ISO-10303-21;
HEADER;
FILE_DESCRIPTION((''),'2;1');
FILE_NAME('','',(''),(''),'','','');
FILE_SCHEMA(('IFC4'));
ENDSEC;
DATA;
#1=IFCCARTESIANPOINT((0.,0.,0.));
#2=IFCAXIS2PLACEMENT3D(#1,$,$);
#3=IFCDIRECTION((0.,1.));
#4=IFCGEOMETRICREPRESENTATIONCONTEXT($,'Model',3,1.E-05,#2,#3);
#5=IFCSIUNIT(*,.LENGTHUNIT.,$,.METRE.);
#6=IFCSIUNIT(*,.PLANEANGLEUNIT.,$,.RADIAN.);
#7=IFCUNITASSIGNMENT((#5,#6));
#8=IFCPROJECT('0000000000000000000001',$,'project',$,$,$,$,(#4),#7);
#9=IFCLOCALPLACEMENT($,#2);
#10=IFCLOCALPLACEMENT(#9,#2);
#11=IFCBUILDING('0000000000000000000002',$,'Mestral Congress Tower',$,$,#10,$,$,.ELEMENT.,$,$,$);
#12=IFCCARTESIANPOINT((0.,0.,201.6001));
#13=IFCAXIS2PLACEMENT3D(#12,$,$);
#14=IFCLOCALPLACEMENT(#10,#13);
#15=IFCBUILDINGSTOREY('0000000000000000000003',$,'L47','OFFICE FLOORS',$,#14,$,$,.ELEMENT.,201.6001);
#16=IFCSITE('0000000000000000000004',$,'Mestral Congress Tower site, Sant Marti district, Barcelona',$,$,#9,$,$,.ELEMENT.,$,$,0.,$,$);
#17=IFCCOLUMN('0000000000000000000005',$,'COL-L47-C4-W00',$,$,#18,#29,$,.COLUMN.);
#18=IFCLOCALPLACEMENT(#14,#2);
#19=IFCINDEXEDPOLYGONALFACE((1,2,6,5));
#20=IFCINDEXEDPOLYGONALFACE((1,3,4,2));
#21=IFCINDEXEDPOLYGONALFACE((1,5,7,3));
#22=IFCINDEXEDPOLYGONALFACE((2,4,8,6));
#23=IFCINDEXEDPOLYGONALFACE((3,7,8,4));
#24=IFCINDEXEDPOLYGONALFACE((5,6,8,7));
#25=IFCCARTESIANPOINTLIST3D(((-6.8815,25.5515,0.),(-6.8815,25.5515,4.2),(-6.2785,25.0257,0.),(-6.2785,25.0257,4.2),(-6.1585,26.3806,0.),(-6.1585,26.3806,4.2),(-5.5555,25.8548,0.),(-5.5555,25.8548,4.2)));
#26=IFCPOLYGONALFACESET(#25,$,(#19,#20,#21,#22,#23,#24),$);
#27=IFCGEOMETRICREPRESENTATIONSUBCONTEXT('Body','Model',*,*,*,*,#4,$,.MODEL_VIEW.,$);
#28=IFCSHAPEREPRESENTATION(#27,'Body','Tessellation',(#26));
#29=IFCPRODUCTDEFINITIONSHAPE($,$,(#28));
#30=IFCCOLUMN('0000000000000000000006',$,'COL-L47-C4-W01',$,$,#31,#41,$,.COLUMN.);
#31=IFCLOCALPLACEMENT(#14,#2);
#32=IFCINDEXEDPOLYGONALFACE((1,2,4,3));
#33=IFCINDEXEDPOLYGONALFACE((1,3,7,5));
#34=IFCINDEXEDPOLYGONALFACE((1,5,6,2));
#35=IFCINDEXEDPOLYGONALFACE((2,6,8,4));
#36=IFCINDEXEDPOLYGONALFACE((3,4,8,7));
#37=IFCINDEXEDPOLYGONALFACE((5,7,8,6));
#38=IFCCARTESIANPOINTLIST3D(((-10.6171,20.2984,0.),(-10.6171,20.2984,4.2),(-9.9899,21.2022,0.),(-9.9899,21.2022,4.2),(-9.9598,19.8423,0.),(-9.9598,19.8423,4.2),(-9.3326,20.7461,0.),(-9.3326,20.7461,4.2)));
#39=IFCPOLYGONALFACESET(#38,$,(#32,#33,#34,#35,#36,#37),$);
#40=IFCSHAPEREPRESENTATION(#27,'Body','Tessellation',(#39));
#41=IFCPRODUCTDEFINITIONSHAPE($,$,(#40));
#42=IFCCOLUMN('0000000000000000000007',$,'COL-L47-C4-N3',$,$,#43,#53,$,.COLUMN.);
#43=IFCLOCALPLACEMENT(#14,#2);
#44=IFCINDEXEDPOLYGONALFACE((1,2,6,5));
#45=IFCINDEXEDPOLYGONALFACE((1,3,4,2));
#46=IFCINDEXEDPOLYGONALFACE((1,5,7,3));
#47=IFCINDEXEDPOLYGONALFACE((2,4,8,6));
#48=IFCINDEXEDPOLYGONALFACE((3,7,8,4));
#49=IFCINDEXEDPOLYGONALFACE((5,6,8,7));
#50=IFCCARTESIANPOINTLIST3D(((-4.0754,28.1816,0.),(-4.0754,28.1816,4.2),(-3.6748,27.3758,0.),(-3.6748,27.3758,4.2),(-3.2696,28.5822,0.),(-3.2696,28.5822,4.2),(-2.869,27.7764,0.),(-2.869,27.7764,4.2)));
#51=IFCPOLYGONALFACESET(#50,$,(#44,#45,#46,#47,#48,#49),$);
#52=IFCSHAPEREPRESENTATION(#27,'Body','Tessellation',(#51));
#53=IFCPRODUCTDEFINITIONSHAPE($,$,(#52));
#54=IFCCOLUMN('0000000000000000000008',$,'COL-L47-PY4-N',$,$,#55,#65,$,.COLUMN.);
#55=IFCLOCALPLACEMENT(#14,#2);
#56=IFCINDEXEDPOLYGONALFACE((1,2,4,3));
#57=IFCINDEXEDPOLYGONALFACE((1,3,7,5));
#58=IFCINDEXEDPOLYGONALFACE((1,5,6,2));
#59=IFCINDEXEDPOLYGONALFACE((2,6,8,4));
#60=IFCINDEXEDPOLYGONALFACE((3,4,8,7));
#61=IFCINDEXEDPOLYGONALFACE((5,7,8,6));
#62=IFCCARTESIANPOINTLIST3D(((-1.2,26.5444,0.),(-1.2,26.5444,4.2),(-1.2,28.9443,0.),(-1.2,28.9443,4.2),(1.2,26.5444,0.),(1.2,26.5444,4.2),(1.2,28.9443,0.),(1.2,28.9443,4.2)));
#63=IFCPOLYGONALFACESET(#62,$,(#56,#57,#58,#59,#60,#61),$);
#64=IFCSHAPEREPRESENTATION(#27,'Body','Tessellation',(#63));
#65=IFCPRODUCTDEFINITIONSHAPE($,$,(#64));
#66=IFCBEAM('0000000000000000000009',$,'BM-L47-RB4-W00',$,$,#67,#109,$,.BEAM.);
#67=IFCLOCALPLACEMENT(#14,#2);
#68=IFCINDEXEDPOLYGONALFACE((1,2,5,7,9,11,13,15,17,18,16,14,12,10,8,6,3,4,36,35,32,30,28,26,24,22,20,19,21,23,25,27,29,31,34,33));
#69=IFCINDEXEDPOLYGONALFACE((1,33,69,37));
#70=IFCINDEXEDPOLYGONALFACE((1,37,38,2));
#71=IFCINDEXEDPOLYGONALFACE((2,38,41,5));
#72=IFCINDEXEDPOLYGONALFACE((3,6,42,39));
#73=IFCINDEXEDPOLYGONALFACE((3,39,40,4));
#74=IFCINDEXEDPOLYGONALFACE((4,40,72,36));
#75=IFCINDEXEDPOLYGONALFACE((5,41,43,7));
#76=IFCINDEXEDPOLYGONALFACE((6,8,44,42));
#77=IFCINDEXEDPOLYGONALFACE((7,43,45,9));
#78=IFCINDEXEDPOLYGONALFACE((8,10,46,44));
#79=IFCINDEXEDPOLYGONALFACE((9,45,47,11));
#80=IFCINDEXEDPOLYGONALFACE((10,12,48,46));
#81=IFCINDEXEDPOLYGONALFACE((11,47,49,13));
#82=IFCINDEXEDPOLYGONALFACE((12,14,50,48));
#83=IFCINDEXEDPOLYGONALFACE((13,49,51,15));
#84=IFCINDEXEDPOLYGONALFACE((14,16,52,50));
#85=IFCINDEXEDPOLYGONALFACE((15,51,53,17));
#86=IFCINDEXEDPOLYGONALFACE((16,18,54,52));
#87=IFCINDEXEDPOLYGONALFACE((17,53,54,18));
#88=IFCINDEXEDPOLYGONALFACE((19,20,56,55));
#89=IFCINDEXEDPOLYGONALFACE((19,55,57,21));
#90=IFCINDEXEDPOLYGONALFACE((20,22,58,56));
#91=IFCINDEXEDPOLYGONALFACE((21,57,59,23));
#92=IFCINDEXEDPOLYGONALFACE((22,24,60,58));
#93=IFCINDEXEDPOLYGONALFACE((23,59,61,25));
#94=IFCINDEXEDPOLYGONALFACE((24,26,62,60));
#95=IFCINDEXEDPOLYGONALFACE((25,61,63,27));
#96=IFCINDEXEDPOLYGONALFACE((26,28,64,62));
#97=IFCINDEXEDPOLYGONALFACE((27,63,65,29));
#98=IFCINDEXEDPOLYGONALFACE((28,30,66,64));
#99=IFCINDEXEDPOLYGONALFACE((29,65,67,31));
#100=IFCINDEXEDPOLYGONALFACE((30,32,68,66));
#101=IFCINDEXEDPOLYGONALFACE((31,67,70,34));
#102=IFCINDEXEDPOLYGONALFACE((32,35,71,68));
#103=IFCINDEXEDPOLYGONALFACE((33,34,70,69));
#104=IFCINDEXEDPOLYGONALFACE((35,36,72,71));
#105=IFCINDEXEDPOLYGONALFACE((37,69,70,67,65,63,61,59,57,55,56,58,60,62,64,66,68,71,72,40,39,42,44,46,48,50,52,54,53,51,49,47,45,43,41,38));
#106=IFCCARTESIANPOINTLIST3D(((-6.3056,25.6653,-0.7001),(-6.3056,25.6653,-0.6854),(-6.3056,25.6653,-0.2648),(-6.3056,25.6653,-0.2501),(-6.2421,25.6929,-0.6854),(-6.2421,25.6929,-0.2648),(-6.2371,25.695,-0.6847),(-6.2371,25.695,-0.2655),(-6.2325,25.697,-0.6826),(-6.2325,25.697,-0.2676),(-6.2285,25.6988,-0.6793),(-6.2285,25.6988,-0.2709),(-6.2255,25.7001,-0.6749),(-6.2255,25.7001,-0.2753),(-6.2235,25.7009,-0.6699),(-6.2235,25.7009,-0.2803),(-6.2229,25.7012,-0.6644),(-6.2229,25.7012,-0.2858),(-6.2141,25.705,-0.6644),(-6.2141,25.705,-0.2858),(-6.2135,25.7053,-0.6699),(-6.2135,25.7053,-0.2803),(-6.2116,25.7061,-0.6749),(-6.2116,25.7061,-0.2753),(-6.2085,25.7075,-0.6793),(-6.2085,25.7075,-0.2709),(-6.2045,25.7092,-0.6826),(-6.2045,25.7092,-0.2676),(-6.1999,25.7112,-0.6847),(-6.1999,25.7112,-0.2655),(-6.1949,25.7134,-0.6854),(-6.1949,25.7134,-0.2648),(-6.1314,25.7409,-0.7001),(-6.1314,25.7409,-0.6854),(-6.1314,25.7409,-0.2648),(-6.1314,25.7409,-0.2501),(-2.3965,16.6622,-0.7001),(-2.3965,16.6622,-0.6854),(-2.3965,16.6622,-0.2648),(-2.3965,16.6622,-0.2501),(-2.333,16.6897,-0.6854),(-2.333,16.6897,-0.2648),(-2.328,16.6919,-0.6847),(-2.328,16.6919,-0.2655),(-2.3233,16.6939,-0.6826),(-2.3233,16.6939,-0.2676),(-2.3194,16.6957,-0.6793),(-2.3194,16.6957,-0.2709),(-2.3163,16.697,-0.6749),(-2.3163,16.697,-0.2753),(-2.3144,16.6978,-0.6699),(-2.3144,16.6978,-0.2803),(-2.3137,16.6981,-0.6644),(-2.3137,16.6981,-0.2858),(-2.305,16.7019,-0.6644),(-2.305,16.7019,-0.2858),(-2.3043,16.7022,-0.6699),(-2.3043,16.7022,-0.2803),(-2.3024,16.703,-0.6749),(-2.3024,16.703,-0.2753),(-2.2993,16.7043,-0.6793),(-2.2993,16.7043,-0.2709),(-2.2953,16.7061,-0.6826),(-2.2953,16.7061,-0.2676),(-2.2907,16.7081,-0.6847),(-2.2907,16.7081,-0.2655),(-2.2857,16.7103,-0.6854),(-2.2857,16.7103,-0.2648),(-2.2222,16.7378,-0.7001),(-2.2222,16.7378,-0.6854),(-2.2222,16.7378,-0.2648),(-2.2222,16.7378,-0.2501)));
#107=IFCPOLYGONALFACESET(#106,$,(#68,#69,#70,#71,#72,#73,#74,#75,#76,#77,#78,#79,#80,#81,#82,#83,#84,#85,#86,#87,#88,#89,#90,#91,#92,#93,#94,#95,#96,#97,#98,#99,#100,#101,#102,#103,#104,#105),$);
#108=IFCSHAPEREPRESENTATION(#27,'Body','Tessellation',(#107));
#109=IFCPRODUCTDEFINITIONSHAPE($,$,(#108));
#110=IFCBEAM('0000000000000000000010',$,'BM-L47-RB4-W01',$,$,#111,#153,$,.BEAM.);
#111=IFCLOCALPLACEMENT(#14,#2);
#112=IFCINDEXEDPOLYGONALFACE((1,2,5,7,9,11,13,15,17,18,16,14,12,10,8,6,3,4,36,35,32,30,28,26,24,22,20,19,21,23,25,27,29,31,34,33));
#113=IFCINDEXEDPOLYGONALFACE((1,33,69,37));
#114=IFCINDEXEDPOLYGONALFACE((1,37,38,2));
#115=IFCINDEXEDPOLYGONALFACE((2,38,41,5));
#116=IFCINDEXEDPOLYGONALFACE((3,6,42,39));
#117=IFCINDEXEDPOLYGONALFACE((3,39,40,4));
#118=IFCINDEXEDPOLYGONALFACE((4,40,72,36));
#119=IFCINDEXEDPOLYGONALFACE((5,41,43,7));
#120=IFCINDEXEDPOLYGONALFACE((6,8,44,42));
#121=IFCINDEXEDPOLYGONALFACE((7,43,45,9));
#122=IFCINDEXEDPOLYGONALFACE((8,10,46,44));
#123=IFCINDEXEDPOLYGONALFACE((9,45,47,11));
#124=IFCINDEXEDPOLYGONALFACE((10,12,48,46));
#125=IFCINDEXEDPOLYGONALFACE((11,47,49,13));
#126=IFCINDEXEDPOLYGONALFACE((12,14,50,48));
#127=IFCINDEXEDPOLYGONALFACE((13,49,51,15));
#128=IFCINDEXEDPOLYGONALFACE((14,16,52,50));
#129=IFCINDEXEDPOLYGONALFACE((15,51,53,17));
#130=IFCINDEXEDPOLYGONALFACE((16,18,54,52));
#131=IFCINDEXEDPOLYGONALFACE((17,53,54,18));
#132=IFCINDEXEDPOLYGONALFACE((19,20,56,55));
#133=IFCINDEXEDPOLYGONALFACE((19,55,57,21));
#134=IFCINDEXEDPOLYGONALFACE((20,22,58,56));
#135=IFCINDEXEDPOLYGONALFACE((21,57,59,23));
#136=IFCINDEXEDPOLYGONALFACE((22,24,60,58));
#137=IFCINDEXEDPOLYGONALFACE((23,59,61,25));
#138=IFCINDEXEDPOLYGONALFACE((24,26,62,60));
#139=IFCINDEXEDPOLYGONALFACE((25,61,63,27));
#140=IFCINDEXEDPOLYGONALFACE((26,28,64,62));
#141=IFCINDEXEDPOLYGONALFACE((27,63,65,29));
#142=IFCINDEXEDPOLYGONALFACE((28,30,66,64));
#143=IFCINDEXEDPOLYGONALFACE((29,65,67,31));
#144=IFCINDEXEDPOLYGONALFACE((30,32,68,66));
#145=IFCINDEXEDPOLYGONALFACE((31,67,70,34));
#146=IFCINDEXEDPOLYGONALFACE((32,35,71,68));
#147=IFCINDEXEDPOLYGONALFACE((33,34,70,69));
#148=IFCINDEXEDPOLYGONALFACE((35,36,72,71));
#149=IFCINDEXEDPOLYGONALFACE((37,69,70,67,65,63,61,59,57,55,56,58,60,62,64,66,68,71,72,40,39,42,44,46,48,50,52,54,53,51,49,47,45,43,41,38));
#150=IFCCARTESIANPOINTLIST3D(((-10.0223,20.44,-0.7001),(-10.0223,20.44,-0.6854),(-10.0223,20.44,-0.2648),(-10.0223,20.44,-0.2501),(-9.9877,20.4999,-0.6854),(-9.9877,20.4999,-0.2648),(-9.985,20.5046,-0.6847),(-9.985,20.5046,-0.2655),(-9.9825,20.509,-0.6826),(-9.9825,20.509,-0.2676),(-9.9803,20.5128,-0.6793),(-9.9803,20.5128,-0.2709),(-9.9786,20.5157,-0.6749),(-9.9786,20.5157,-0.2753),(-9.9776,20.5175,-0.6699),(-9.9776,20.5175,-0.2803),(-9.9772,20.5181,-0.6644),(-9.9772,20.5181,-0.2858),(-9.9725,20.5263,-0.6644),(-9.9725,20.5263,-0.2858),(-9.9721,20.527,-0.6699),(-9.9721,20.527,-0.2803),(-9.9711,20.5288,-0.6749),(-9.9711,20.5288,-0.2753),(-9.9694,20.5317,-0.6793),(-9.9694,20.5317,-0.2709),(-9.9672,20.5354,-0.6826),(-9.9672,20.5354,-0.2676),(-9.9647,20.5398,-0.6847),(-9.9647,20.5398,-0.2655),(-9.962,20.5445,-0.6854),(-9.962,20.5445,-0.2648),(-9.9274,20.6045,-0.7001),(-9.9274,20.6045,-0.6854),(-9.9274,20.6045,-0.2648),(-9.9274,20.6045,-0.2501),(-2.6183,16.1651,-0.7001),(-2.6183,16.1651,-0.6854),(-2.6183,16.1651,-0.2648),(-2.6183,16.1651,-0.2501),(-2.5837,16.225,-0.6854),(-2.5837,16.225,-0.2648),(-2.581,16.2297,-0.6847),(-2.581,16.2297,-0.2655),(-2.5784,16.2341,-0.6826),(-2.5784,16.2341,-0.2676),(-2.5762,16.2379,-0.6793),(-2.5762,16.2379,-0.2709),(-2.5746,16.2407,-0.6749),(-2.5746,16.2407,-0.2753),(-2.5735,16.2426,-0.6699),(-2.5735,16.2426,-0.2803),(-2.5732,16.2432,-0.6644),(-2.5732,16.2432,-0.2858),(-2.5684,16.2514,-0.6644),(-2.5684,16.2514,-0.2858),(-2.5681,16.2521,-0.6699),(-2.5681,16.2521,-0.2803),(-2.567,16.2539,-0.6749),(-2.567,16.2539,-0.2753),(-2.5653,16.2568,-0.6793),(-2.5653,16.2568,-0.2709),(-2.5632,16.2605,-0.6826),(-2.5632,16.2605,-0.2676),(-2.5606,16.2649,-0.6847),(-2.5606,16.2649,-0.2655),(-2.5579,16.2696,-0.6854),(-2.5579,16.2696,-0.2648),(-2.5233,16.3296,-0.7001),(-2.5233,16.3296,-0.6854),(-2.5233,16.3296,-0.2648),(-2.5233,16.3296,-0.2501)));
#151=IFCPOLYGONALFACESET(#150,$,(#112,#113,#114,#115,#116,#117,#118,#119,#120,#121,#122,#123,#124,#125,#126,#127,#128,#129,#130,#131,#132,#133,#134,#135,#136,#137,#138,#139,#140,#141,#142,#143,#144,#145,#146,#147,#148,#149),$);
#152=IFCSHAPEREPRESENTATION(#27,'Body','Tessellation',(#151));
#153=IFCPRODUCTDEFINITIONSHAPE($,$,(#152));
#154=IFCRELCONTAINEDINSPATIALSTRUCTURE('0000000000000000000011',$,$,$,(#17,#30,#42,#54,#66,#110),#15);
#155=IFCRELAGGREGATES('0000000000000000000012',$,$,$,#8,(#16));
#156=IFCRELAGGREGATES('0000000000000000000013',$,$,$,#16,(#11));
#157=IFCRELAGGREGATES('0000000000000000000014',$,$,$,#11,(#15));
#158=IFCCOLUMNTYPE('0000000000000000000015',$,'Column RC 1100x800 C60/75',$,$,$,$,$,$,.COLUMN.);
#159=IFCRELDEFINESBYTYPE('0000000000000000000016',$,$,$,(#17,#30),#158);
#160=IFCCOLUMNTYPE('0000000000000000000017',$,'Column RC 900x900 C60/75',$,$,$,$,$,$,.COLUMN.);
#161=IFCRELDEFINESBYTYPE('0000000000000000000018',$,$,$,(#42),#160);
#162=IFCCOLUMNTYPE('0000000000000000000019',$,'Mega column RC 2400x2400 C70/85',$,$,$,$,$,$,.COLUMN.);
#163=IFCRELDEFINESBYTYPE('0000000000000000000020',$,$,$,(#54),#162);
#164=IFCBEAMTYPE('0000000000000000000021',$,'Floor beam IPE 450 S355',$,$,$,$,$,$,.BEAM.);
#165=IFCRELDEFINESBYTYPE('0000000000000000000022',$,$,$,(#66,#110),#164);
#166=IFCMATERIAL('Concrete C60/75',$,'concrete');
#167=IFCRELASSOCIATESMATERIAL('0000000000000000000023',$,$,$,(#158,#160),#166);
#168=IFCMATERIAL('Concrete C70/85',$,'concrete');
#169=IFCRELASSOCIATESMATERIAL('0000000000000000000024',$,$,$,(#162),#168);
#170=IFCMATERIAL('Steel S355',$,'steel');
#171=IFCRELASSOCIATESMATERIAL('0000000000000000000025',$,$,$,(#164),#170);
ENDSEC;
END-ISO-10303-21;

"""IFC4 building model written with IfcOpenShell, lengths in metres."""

from ifc_helpers import new_model, si_unit, direction, frame, origin, origin_2d, place, context, subcontext, project, spatial, rectangle, i_section, extrude, material, material_profile, profile_set, type_object, element, save


model = new_model("IFC4")

# Units and contexts
model_context = context("Model", 3, precision=1e-05, world=origin(), true_north=direction((0.0, 1.0)))
body_context = subcontext(model_context, "Body", "Model", "MODEL_VIEW")
ifc_project = project(units=[si_unit("LENGTHUNIT", "METRE"), si_unit("PLANEANGLEUNIT", "RADIAN")], contexts=[model_context])

# Site, building, storey
site_placement = place(None, origin())
site = spatial("IfcSite", under=ifc_project, at=site_placement, Name="Mestral Congress Tower site, Sant Marti district, Barcelona", CompositionType="ELEMENT", RefElevation=0.0)
building_placement = place(site_placement, origin())
building = spatial("IfcBuilding", under=site, at=building_placement, Name="Mestral Congress Tower", CompositionType="ELEMENT")
storey_placement = place(building_placement, frame((0.0, 0.0, 201.6001)))
storey = spatial("IfcBuildingStorey", under=building, at=storey_placement, Name="L47", Description="OFFICE FLOORS", CompositionType="ELEMENT", Elevation=201.6001)

# Columns
ifc_material_1 = material(Name="Concrete C60/75", Category="concrete")
ifc_material_profile_1 = material_profile(ifc_material_1, rectangle(XDim=1.1001, YDim=0.8, at=origin_2d()), Name="RC 1100x800")
ifc_profile_set_1 = profile_set([ifc_material_profile_1], Name="Concrete C60/75")
column_type_1 = type_object("IfcColumnType", Name="Column RC 1100x800 C60/75", PredefinedType="COLUMN", material=ifc_profile_set_1)
for number, where, z_axis, x_axis, name in (
    (1, (-6.2185, 25.7031, 0.0), (0.0, 0.0, 1.0), (-0.65725, -0.753672, 0.0), "COL-L47-C4-W00"),
    (2, (-9.9749, 20.5222, 0.0), (0.0, 0.0, 1.0), (-0.570084, -0.821586, 0.0), "COL-L47-C4-W01"),
):
    element("IfcColumn", number, at=place(storey_placement, frame(where, z_axis=z_axis, x_axis=x_axis)), inside=storey, type_object=column_type_1, Name=name, PredefinedType="COLUMN", context=body_context, shape_type="SweptSolid", body=[
        extrude(rectangle(XDim=1.1001, YDim=0.8, at=origin_2d()), origin(), (0.0, 0.0, 1.0), 4.2),
    ])
ifc_material_profile_2 = material_profile(ifc_material_1, rectangle(XDim=0.8999, YDim=0.8999, at=origin_2d()), Name="RC 900x900")
ifc_profile_set_2 = profile_set([ifc_material_profile_2], Name="Concrete C60/75")
column_type_2 = type_object("IfcColumnType", Name="Column RC 900x900 C60/75", PredefinedType="COLUMN", material=ifc_profile_set_2)
column_1_placement = place(storey_placement, frame((-3.4722, 27.979, 0.0), z_axis=(0.0, 0.0, 1.0), x_axis=(-0.895456, -0.445149, 0.0)))
element("IfcColumn", 3, at=column_1_placement, inside=storey, type_object=column_type_2, Name="COL-L47-C4-N3", PredefinedType="COLUMN", context=body_context, shape_type="SweptSolid", body=[
    extrude(rectangle(XDim=0.8999, YDim=0.8999, at=origin_2d()), origin(), (0.0, 0.0, 1.0), 4.2),
])
ifc_material_2 = material(Name="Concrete C70/85", Category="concrete")
ifc_material_profile_3 = material_profile(ifc_material_2, rectangle(XDim=2.3999, YDim=2.3999, at=origin_2d()), Name="RC 2400x2400")
ifc_profile_set_3 = profile_set([ifc_material_profile_3], Name="Concrete C70/85")
column_type_3 = type_object("IfcColumnType", Name="Mega column RC 2400x2400 C70/85", PredefinedType="COLUMN", material=ifc_profile_set_3)
column_2_placement = place(storey_placement, frame((0.0, 27.7444, 0.0), z_axis=(0.0, 0.0, 1.0), x_axis=(0.0, 1.0, 0.0)))
element("IfcColumn", 4, at=column_2_placement, inside=storey, type_object=column_type_3, Name="COL-L47-PY4-N", PredefinedType="COLUMN", context=body_context, shape_type="SweptSolid", body=[
    extrude(rectangle(XDim=2.3999, YDim=2.3999, at=origin_2d()), origin(), (0.0, 0.0, 1.0), 4.2),
])

# Beams
ifc_material_3 = material(Name="Steel S355", Category="steel")
ifc_material_profile_4 = material_profile(ifc_material_3, i_section(OverallWidth=0.1899, OverallDepth=0.45, WebThickness=0.0095, FlangeThickness=0.0146, FilletRadius=0.021, at=origin_2d()), Name="IPE 450")
ifc_profile_set_4 = profile_set([ifc_material_profile_4], Name="Steel S355")
beam_type_1 = type_object("IfcBeamType", Name="Floor beam IPE 450 S355", PredefinedType="BEAM", material=ifc_profile_set_4)
beam_1_placement = place(storey_placement, frame((-6.2185, 25.7031, -0.4751), z_axis=(0.398277, -0.917265, 0.0), x_axis=(0.917265, 0.398277, 0.0)))
element("IfcBeam", 5, at=beam_1_placement, inside=storey, type_object=beam_type_1, Name="BM-L47-RB4-W00", PredefinedType="BEAM", context=body_context, shape_type="SweptSolid", body=[
    extrude(i_section(OverallWidth=0.1899, OverallDepth=0.45, WebThickness=0.0095, FlangeThickness=0.0146, FilletRadius=0.021, at=origin_2d()), origin(), (0.0, 0.0, 1.0), 9.8152),
])
beam_2_placement = place(storey_placement, frame((-9.9749, 20.5222, -0.4751), z_axis=(0.866017, -0.500015, 0.0), x_axis=(0.500015, 0.866017, 0.0)))
element("IfcBeam", 6, at=beam_2_placement, inside=storey, type_object=beam_type_1, Name="BM-L47-RB4-W01", PredefinedType="BEAM", context=body_context, shape_type="SweptSolid", body=[
    extrude(i_section(OverallWidth=0.1899, OverallDepth=0.45, WebThickness=0.0095, FlangeThickness=0.0146, FilletRadius=0.021, at=origin_2d()), origin(), (0.0, 0.0, 1.0), 8.5496),
])

save(model, "model.ifc")
